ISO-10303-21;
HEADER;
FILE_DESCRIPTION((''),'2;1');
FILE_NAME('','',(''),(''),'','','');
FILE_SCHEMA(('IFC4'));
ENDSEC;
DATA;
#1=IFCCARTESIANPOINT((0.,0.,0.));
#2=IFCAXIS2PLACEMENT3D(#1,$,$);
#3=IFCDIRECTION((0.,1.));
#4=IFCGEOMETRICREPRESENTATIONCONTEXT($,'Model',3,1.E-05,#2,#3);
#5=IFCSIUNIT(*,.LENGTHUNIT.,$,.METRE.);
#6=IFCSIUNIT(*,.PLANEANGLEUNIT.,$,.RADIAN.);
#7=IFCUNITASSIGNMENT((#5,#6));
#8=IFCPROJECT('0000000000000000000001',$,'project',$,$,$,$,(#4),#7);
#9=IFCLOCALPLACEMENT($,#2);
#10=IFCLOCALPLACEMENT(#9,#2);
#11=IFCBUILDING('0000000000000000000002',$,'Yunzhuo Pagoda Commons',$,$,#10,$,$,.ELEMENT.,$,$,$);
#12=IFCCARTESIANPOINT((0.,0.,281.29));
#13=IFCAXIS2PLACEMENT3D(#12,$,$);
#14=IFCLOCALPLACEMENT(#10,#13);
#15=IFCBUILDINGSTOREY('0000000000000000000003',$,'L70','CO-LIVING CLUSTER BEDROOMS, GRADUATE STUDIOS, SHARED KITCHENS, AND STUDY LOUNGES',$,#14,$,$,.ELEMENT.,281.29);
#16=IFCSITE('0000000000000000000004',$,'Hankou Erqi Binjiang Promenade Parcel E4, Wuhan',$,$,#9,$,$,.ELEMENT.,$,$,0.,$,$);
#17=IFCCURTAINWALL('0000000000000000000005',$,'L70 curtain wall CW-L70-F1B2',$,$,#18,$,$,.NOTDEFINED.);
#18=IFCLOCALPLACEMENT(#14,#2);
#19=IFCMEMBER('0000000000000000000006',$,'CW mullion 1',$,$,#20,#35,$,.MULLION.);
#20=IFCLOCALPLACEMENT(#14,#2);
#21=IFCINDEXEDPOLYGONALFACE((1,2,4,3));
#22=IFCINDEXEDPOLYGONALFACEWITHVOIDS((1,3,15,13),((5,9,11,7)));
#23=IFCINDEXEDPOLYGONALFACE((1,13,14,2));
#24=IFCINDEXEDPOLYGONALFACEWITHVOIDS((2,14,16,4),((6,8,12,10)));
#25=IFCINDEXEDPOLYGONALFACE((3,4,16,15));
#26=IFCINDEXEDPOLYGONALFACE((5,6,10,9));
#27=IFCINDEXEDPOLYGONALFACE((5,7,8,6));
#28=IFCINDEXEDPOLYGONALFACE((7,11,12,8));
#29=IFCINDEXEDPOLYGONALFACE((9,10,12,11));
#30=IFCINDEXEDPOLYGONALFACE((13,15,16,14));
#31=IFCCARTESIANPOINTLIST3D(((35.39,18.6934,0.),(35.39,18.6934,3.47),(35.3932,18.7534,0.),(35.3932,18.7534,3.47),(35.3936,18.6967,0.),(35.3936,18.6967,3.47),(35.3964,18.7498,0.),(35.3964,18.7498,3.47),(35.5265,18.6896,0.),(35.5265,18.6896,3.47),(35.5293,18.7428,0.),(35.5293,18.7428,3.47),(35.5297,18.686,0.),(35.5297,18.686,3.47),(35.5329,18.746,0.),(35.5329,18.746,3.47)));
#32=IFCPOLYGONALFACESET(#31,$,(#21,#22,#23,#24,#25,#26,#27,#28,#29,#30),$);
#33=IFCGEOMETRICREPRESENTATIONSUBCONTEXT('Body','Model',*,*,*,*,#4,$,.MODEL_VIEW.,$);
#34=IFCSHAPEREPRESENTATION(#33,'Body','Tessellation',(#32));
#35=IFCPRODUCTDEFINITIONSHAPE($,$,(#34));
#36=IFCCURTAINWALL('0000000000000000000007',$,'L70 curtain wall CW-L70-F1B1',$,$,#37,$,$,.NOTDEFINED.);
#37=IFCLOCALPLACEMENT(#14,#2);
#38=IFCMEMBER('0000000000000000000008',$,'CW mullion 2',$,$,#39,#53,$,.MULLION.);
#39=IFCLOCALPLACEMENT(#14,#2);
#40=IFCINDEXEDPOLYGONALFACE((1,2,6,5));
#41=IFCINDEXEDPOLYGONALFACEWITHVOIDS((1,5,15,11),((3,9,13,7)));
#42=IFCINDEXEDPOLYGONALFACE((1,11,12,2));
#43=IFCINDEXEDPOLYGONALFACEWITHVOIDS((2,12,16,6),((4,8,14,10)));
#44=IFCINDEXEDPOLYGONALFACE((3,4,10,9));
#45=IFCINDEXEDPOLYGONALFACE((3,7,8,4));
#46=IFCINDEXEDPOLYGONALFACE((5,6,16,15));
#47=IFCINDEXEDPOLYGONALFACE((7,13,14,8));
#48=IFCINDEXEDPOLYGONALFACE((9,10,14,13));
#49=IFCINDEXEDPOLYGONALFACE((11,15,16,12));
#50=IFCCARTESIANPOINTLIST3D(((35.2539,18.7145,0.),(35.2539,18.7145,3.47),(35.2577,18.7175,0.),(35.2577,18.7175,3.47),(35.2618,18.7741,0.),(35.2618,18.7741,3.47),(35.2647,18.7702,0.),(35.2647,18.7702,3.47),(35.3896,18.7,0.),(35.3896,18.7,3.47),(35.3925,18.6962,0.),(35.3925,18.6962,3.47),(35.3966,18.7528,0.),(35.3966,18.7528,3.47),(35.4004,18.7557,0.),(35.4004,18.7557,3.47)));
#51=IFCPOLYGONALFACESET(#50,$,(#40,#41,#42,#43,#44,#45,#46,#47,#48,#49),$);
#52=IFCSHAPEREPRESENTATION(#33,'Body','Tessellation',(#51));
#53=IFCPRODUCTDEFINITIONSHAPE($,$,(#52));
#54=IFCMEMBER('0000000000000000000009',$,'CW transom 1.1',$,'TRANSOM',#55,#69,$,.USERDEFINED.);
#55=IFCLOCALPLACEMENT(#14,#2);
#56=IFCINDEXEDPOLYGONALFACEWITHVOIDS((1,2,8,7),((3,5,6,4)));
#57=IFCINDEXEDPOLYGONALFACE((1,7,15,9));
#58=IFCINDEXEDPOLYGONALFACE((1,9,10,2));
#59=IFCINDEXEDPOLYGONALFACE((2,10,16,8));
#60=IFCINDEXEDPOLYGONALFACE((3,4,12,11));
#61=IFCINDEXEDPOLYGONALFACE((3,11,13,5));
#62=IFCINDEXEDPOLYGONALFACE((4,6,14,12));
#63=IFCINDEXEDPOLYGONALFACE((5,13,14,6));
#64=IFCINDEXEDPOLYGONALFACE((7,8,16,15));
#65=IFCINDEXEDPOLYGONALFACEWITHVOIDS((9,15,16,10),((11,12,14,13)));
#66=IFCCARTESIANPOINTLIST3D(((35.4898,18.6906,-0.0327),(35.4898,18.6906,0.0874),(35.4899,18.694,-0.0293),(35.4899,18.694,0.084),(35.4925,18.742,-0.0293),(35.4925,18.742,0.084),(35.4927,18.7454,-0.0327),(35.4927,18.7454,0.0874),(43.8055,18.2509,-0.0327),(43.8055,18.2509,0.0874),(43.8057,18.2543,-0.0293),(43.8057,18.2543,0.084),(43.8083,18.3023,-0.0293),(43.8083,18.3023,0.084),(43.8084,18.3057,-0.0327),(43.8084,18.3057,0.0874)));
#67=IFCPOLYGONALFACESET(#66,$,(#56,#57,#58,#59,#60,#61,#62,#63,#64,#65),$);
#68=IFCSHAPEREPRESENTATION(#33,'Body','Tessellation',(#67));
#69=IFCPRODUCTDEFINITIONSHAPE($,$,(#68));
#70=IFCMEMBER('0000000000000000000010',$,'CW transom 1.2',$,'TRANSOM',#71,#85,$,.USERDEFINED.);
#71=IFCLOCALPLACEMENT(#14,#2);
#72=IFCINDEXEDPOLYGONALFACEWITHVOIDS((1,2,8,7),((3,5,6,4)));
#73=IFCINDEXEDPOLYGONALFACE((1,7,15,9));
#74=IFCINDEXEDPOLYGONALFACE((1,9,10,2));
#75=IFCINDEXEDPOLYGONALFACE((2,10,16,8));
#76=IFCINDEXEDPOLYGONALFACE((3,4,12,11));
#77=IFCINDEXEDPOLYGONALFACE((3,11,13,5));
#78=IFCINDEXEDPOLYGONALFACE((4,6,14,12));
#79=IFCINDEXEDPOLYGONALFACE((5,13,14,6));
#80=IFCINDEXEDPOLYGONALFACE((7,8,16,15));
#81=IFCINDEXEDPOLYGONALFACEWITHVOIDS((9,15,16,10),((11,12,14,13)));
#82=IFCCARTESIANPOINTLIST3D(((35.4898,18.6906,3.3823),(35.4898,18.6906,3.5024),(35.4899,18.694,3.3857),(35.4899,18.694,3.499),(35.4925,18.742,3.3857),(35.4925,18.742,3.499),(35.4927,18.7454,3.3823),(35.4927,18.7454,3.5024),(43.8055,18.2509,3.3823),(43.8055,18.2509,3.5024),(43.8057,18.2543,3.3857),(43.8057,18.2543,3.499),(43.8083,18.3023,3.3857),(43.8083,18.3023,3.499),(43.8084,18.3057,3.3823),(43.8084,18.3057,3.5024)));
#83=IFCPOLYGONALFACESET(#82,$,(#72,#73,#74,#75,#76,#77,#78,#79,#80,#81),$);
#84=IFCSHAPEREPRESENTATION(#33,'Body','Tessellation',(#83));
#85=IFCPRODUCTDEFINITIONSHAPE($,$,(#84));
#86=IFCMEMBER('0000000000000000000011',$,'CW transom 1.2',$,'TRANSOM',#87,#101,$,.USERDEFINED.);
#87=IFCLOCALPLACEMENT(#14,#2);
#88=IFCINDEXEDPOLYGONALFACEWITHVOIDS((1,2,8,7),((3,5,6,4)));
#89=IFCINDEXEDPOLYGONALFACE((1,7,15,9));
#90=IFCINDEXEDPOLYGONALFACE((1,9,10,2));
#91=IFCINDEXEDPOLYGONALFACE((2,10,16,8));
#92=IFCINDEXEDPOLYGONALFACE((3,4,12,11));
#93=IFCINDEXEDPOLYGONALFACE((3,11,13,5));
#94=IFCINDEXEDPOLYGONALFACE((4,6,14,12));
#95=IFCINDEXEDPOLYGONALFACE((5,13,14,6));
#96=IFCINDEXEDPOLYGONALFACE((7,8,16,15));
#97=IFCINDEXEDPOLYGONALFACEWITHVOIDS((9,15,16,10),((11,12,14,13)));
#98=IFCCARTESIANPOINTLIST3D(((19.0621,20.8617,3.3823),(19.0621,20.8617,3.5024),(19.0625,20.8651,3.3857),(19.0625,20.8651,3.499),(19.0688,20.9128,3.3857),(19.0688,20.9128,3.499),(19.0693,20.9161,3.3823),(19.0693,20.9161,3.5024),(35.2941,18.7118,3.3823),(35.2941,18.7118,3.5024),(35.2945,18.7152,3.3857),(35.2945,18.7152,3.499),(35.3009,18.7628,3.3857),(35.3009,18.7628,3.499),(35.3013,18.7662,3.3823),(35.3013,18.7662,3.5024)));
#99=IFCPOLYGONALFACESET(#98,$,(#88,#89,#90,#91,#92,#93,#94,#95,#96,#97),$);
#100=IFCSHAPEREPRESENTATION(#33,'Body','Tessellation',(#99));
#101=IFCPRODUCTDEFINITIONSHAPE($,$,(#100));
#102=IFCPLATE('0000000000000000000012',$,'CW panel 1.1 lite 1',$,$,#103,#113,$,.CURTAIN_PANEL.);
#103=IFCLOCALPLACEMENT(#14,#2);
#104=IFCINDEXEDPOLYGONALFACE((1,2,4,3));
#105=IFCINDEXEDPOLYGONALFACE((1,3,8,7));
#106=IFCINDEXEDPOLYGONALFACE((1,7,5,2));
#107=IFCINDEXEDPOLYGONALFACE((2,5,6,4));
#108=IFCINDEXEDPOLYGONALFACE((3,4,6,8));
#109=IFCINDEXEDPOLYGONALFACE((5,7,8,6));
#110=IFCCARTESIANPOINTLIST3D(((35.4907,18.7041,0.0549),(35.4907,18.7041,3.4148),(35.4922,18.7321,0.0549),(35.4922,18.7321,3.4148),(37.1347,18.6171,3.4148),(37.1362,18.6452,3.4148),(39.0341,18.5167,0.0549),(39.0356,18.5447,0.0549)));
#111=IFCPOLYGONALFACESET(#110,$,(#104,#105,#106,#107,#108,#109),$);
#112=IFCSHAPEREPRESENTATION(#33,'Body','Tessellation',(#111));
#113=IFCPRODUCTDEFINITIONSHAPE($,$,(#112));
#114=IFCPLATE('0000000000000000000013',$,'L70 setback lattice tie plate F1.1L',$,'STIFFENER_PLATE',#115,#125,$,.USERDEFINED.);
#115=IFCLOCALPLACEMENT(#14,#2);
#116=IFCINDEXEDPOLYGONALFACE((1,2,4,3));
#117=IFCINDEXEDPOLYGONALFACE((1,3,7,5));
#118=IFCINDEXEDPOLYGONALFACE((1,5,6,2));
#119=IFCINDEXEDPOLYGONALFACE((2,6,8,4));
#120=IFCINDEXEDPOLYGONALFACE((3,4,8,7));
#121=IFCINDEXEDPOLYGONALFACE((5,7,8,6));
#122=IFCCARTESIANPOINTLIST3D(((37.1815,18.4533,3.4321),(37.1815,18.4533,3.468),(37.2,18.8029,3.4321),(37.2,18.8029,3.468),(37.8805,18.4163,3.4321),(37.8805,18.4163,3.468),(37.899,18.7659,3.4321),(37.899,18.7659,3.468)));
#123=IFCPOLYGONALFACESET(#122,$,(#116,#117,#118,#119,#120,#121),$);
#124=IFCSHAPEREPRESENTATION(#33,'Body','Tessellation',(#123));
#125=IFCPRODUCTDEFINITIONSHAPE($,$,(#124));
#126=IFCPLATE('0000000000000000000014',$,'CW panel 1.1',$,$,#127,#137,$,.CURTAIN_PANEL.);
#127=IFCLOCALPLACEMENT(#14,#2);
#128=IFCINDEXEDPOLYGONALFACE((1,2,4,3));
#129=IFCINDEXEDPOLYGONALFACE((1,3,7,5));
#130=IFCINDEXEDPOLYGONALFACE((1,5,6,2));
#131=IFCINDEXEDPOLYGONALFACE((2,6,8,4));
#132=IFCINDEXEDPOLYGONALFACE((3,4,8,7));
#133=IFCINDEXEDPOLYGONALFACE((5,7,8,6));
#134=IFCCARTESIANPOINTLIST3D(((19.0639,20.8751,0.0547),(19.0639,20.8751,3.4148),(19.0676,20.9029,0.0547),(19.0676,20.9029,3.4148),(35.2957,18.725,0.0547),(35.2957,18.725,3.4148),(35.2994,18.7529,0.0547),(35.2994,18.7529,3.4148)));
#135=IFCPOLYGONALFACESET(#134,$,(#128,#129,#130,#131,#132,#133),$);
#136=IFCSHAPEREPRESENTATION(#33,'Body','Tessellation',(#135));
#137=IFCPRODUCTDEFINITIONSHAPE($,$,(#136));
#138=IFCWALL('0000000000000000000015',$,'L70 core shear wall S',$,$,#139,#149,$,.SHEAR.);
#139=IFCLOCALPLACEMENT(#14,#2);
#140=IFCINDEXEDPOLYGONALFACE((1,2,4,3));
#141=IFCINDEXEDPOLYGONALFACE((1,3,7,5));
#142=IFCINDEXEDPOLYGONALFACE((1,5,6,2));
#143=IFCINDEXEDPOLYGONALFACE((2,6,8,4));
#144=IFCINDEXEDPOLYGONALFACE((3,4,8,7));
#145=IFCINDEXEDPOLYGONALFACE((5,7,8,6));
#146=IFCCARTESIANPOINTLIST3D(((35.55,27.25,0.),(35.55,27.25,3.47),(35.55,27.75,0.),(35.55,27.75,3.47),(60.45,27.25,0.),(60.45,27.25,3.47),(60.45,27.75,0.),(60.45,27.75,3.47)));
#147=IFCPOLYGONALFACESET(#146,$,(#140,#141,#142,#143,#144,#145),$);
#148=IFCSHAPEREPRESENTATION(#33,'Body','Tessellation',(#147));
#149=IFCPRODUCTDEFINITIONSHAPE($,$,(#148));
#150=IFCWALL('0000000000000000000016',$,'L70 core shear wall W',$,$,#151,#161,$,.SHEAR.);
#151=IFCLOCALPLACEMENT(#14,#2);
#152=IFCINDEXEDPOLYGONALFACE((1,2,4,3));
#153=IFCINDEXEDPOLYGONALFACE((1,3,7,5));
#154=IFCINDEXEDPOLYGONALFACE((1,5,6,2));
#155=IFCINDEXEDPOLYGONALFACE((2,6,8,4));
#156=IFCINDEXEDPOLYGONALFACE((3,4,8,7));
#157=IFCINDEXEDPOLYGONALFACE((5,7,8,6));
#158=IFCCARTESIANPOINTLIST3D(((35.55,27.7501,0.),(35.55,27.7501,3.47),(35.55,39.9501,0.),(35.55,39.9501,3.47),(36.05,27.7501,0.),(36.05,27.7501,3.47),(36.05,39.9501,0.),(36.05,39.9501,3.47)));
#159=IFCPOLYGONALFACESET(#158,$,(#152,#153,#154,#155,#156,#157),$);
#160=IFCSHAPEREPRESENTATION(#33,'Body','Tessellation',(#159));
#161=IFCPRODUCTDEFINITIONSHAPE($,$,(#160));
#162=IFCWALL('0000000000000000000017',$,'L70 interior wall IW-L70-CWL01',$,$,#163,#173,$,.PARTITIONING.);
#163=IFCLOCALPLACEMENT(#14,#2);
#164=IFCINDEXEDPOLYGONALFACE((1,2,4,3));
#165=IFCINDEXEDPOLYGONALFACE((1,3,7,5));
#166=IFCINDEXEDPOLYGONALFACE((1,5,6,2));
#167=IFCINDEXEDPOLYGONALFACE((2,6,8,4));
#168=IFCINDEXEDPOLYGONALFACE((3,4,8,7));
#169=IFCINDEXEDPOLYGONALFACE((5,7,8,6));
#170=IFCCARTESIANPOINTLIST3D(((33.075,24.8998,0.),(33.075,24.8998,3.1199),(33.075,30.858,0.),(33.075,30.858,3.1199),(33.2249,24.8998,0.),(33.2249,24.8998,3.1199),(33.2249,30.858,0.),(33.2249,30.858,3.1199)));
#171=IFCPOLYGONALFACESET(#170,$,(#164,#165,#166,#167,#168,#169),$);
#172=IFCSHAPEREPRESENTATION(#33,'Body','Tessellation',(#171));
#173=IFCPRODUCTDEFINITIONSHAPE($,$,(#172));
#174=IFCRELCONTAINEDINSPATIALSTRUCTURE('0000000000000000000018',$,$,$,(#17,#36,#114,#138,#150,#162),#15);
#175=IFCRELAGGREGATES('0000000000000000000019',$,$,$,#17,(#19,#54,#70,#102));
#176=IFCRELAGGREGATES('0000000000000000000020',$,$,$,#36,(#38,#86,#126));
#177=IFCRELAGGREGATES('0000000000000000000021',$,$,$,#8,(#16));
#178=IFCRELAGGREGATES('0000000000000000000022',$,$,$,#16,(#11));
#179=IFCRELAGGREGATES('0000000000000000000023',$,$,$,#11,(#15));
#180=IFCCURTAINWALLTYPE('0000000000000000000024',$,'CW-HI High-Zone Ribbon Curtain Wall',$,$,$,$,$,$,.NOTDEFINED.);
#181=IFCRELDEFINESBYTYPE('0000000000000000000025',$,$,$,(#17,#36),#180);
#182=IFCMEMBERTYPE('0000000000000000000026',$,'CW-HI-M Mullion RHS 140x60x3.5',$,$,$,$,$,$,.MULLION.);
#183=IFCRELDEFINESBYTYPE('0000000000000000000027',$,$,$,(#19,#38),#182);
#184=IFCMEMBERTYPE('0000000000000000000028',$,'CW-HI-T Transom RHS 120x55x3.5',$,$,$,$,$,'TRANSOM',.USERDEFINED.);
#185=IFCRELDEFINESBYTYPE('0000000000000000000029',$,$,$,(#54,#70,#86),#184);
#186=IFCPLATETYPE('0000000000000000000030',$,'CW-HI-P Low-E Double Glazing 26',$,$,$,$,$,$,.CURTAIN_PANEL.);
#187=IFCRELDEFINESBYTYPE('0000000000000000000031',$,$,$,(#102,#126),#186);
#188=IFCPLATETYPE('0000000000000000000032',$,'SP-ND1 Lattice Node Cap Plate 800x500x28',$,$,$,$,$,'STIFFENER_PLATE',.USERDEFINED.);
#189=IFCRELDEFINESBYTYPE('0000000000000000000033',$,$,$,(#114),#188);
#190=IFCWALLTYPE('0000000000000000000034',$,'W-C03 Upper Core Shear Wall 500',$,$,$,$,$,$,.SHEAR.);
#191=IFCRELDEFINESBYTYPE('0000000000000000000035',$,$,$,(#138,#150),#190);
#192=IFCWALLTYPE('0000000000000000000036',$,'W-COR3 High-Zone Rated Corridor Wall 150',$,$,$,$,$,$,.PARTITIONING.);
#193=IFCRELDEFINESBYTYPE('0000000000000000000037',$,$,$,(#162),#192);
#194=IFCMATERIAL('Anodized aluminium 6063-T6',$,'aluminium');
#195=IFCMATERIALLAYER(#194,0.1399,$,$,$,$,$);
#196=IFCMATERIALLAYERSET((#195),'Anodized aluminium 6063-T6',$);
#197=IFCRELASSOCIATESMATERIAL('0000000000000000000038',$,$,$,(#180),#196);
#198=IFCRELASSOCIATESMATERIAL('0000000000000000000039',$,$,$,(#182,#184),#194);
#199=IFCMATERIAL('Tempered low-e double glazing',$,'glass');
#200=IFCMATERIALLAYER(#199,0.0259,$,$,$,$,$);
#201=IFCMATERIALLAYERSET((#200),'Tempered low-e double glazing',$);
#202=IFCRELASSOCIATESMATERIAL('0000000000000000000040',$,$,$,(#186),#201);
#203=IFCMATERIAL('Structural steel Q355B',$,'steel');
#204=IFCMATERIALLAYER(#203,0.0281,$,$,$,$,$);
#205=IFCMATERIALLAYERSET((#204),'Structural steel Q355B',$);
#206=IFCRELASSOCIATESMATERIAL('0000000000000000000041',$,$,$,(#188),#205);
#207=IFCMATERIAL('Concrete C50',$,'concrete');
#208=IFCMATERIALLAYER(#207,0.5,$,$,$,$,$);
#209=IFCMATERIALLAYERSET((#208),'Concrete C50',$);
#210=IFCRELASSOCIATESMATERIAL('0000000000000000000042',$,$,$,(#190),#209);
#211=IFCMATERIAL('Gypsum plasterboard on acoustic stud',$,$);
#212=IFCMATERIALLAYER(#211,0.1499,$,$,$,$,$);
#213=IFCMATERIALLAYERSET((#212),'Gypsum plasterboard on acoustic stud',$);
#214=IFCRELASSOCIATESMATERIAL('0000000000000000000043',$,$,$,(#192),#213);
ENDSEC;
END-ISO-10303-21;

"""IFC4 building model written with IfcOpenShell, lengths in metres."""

from ifc_helpers import new_model, si_unit, direction, frame, frame_2d, origin, origin_2d, place, context, subcontext, project, spatial, polyline, rectangle, hollow_rectangle, outline, extrude, source, transform, mapped, material, layer, layer_set, material_profile, profile_set, type_object, element, aggregate, save


model = new_model("IFC4")

# Units and contexts
model_context = context("Model", 3, precision=1e-05, world=origin(), true_north=direction((0.0, 1.0)))
body_context = subcontext(model_context, "Body", "Model", "MODEL_VIEW")
ifc_project = project(units=[si_unit("LENGTHUNIT", "METRE"), si_unit("PLANEANGLEUNIT", "RADIAN")], contexts=[model_context])

# Site, building, storey
site_placement = place(None, origin())
site = spatial("IfcSite", under=ifc_project, at=site_placement, Name="Hankou Erqi Binjiang Promenade Parcel E4, Wuhan", CompositionType="ELEMENT", RefElevation=0.0)
building_placement = place(site_placement, origin())
building = spatial("IfcBuilding", under=site, at=building_placement, Name="Yunzhuo Pagoda Commons", CompositionType="ELEMENT")
storey_placement = place(building_placement, frame((0.0, 0.0, 281.29)))
storey = spatial("IfcBuildingStorey", under=building, at=storey_placement, Name="L70", Description="CO-LIVING CLUSTER BEDROOMS, GRADUATE STUDIOS, SHARED KITCHENS, AND STUDY LOUNGES", CompositionType="ELEMENT", Elevation=281.29)

# Shared definitions
ifc_material_1 = material(Name="Structural steel Q355B", Category="steel")

# Curtain walls, members
ifc_material_2 = material(Name="Anodized aluminium 6063-T6", Category="aluminium")
ifc_layer_1 = layer(ifc_material_2, 0.1399)
ifc_layer_set_1 = layer_set([ifc_layer_1], Name="Anodized aluminium 6063-T6")
curtain_wall_type = type_object("IfcCurtainWallType", Name="CW-HI High-Zone Ribbon Curtain Wall", PredefinedType="NOTDEFINED", material=ifc_layer_set_1)
curtain_wall_1_placement = place(storey_placement, origin())
curtain_wall_1 = element("IfcCurtainWall", 1, at=curtain_wall_1_placement, inside=storey, type_object=curtain_wall_type, Name="L70 curtain wall CW-L70-F1B2", PredefinedType="NOTDEFINED")
ifc_material_profile_1 = material_profile(ifc_material_2, hollow_rectangle(XDim=0.0601, YDim=0.1399, WallThickness=0.0034, at=origin_2d()), Name="Anodized aluminium 6063-T6")
ifc_profile_set_1 = profile_set([ifc_material_profile_1], Name="Anodized aluminium 6063-T6")
member_type_1 = type_object("IfcMemberType", Name="CW-HI-M Mullion RHS 140x60x3.5", PredefinedType="MULLION", material=ifc_profile_set_1)
shared_shape_1 = source(origin(), body_context, "Body", "SweptSolid", [
    extrude(hollow_rectangle(XDim=0.0601, YDim=0.1399, WallThickness=0.0034, at=origin_2d()), origin(), (0.0, 0.0, 1.0), 3.47),
])
member_1_placement = place(storey_placement, frame((35.4614, 18.7197, 0.0), z_axis=(0.0, 0.0, 1.0), x_axis=(0.052822, 0.998604, 0.0)))
member_1 = element("IfcMember", 2, at=member_1_placement, type_object=member_type_1, Name="CW mullion 1", PredefinedType="MULLION", context=body_context, shape_type="MappedRepresentation", body=[
    mapped(shared_shape_1, transform((0.0, 0.0, 0.0), scale=1.0)),
])
curtain_wall_2_placement = place(storey_placement, origin())
curtain_wall_2 = element("IfcCurtainWall", 3, at=curtain_wall_2_placement, inside=storey, type_object=curtain_wall_type, Name="L70 curtain wall CW-L70-F1B1", PredefinedType="NOTDEFINED")
member_2_placement = place(storey_placement, frame((35.3271, 18.7351, 0.0), z_axis=(0.0, 0.0, 1.0), x_axis=(0.131311, 0.991341, 0.0)))
member_2 = element("IfcMember", 4, at=member_2_placement, type_object=member_type_1, Name="CW mullion 2", PredefinedType="MULLION", context=body_context, shape_type="MappedRepresentation", body=[
    mapped(shared_shape_1, transform((0.0, 0.0, 0.0), scale=1.0)),
])

# Members
ifc_material_profile_2 = material_profile(ifc_material_2, hollow_rectangle(XDim=0.0549, YDim=0.1201, WallThickness=0.0034, at=origin_2d()), Name="Anodized aluminium 6063-T6")
ifc_profile_set_2 = profile_set([ifc_material_profile_2], Name="Anodized aluminium 6063-T6")
member_type_2 = type_object("IfcMemberType", Name="CW-HI-T Transom RHS 120x55x3.5", ElementType="TRANSOM", PredefinedType="USERDEFINED", material=ifc_profile_set_2)
shared_shape_2 = source(origin(), body_context, "Body", "SweptSolid", [
    extrude(hollow_rectangle(XDim=0.0549, YDim=0.1201, WallThickness=0.0034, at=origin_2d()), origin(), (0.0, 0.0, 1.0), 8.3274),
])
member_3_placement = place(storey_placement, frame((35.4912, 18.718, 0.0273), z_axis=(0.998605, -0.052802, 0.0), x_axis=(0.052802, 0.998605, 0.0)))
member_3 = element("IfcMember", 5, at=member_3_placement, type_object=member_type_2, Name="CW transom 1.1", ObjectType="TRANSOM", PredefinedType="USERDEFINED", context=body_context, shape_type="MappedRepresentation", body=[
    mapped(shared_shape_2, transform((0.0, 0.0, 0.0), scale=1.0)),
])
member_4_placement = place(storey_placement, frame((35.4912, 18.718, 3.4424), z_axis=(0.998605, -0.052802, 0.0), x_axis=(0.052802, 0.998605, 0.0)))
member_4 = element("IfcMember", 6, at=member_4_placement, type_object=member_type_2, Name="CW transom 1.2", ObjectType="TRANSOM", PredefinedType="USERDEFINED", context=body_context, shape_type="MappedRepresentation", body=[
    mapped(shared_shape_2, transform((0.0, 0.0, 0.0), scale=1.0)),
])
shared_shape_3 = source(origin(), body_context, "Body", "SweptSolid", [
    extrude(hollow_rectangle(XDim=0.0549, YDim=0.1201, WallThickness=0.0034, at=origin_2d()), origin(), (0.0, 0.0, 1.0), 16.3738),
])
member_5_placement = place(storey_placement, frame((19.0657, 20.8889, 3.4424), z_axis=(0.991342, -0.131302, 0.0), x_axis=(0.131302, 0.991342, 0.0)))
member_5 = element("IfcMember", 7, at=member_5_placement, type_object=member_type_2, Name="CW transom 1.2", ObjectType="TRANSOM", PredefinedType="USERDEFINED", context=body_context, shape_type="MappedRepresentation", body=[
    mapped(shared_shape_3, transform((0.0, 0.0, 0.0), scale=1.0)),
])

# Plates
ifc_material_3 = material(Name="Tempered low-e double glazing", Category="glass")
ifc_layer_2 = layer(ifc_material_3, 0.0259)
ifc_layer_set_2 = layer_set([ifc_layer_2], Name="Tempered low-e double glazing")
plate_type_1 = type_object("IfcPlateType", Name="CW-HI-P Low-E Double Glazing 26", PredefinedType="CURTAIN_PANEL", material=ifc_layer_set_2)
plate_1_placement = place(storey_placement, frame((37.2639, 18.6384, 1.7349), z_axis=(-0.052822, -0.998604, 0.0), x_axis=(0.998604, -0.052822, 0.0)))
plate_1 = element("IfcPlate", 8, at=plate_1_placement, type_object=plate_type_1, Name="CW panel 1.1 lite 1", PredefinedType="CURTAIN_PANEL", context=body_context, shape_type="SweptSolid", body=[
    extrude(outline(polyline([(-1.7742, -1.6799), (1.7742, -1.6799), (-0.1279, 1.6799), (-1.7742, 1.6799), (-1.7742, -1.6799)])), origin(), (0.0, 0.0, 1.0), 0.0281),
])
aggregate(curtain_wall_1, [member_1, member_3, member_4, plate_1])
ifc_layer_3 = layer(ifc_material_1, 0.0281)
ifc_layer_set_3 = layer_set([ifc_layer_3], Name="Structural steel Q355B")
plate_type_2 = type_object("IfcPlateType", Name="SP-ND1 Lattice Node Cap Plate 800x500x28", ElementType="STIFFENER_PLATE", PredefinedType="USERDEFINED", material=ifc_layer_set_3)
shared_shape_4 = source(origin(), body_context, "Body", "SweptSolid", [
    extrude(rectangle(XDim=0.7, YDim=0.3501, at=origin_2d()), origin(), (0.0, 0.0, 1.0), 0.0359),
])
plate_2_placement = place(storey_placement, frame((37.5403, 18.6096, 3.4321), z_axis=(0.0, 0.0, 1.0), x_axis=(0.998604, -0.052824, 0.0)))
element("IfcPlate", 9, at=plate_2_placement, inside=storey, type_object=plate_type_2, Name="L70 setback lattice tie plate F1.1L", ObjectType="STIFFENER_PLATE", PredefinedType="USERDEFINED", context=body_context, shape_type="MappedRepresentation", body=[
    mapped(shared_shape_4, transform((0.0, 0.0, 0.0), scale=1.0)),
])
shared_shape_5 = source(origin(), body_context, "Body", "SweptSolid", [
    extrude(rectangle(XDim=16.3735, YDim=0.0281, at=origin_2d()), origin(), (0.0, 0.0, 1.0), 3.3601),
])
plate_3_placement = place(storey_placement, frame((27.1816, 19.814, 0.0547), z_axis=(0.0, 0.0, 1.0), x_axis=(0.991341, -0.131311, 0.0)))
plate_3 = element("IfcPlate", 10, at=plate_3_placement, type_object=plate_type_1, Name="CW panel 1.1", PredefinedType="CURTAIN_PANEL", context=body_context, shape_type="MappedRepresentation", body=[
    mapped(shared_shape_5, transform((0.0, 0.0, 0.0), scale=1.0)),
])
aggregate(curtain_wall_2, [member_2, member_5, plate_3])

# Walls
ifc_material_4 = material(Name="Concrete C50", Category="concrete")
ifc_layer_4 = layer(ifc_material_4, 0.5)
ifc_layer_set_4 = layer_set([ifc_layer_4], Name="Concrete C50")
wall_type_1 = type_object("IfcWallType", Name="W-C03 Upper Core Shear Wall 500", PredefinedType="SHEAR", material=ifc_layer_set_4)
wall_1_placement = place(storey_placement, frame((35.55, 27.5, 0.0), z_axis=(0.0, 0.0, 1.0), x_axis=(1.0, 0.0, 0.0)))
element("IfcWall", 11, at=wall_1_placement, inside=storey, type_object=wall_type_1, Name="L70 core shear wall S", PredefinedType="SHEAR", context=body_context, shape_type="SweptSolid", body=[
    extrude(rectangle(XDim=24.8999, YDim=0.5, at=frame_2d((12.45, 0.0))), origin(), (0.0, 0.0, 1.0), 3.47),
])
wall_2_placement = place(storey_placement, frame((35.8, 27.75, 0.0), z_axis=(0.0, 0.0, 1.0), x_axis=(0.0, 1.0, 0.0)))
element("IfcWall", 12, at=wall_2_placement, inside=storey, type_object=wall_type_1, Name="L70 core shear wall W", PredefinedType="SHEAR", context=body_context, shape_type="SweptSolid", body=[
    extrude(rectangle(XDim=12.2, YDim=0.5, at=frame_2d((6.1001, 0.0))), origin(), (0.0, 0.0, 1.0), 3.47),
])
ifc_material_5 = material(Name="Gypsum plasterboard on acoustic stud")
ifc_layer_5 = layer(ifc_material_5, 0.1499)
ifc_layer_set_5 = layer_set([ifc_layer_5], Name="Gypsum plasterboard on acoustic stud")
wall_type_2 = type_object("IfcWallType", Name="W-COR3 High-Zone Rated Corridor Wall 150", PredefinedType="PARTITIONING", material=ifc_layer_set_5)
wall_3_placement = place(storey_placement, frame((33.1499, 24.8999, 0.0), z_axis=(0.0, 0.0, 1.0), x_axis=(0.0, 1.0, 0.0)))
element("IfcWall", 13, at=wall_3_placement, inside=storey, type_object=wall_type_2, Name="L70 interior wall IW-L70-CWL01", PredefinedType="PARTITIONING", context=body_context, shape_type="SweptSolid", body=[
    extrude(rectangle(XDim=5.9583, YDim=0.1499, at=frame_2d((2.979, 0.0))), origin(), (0.0, 0.0, 1.0), 3.1199),
])

save(model, "model.ifc")
